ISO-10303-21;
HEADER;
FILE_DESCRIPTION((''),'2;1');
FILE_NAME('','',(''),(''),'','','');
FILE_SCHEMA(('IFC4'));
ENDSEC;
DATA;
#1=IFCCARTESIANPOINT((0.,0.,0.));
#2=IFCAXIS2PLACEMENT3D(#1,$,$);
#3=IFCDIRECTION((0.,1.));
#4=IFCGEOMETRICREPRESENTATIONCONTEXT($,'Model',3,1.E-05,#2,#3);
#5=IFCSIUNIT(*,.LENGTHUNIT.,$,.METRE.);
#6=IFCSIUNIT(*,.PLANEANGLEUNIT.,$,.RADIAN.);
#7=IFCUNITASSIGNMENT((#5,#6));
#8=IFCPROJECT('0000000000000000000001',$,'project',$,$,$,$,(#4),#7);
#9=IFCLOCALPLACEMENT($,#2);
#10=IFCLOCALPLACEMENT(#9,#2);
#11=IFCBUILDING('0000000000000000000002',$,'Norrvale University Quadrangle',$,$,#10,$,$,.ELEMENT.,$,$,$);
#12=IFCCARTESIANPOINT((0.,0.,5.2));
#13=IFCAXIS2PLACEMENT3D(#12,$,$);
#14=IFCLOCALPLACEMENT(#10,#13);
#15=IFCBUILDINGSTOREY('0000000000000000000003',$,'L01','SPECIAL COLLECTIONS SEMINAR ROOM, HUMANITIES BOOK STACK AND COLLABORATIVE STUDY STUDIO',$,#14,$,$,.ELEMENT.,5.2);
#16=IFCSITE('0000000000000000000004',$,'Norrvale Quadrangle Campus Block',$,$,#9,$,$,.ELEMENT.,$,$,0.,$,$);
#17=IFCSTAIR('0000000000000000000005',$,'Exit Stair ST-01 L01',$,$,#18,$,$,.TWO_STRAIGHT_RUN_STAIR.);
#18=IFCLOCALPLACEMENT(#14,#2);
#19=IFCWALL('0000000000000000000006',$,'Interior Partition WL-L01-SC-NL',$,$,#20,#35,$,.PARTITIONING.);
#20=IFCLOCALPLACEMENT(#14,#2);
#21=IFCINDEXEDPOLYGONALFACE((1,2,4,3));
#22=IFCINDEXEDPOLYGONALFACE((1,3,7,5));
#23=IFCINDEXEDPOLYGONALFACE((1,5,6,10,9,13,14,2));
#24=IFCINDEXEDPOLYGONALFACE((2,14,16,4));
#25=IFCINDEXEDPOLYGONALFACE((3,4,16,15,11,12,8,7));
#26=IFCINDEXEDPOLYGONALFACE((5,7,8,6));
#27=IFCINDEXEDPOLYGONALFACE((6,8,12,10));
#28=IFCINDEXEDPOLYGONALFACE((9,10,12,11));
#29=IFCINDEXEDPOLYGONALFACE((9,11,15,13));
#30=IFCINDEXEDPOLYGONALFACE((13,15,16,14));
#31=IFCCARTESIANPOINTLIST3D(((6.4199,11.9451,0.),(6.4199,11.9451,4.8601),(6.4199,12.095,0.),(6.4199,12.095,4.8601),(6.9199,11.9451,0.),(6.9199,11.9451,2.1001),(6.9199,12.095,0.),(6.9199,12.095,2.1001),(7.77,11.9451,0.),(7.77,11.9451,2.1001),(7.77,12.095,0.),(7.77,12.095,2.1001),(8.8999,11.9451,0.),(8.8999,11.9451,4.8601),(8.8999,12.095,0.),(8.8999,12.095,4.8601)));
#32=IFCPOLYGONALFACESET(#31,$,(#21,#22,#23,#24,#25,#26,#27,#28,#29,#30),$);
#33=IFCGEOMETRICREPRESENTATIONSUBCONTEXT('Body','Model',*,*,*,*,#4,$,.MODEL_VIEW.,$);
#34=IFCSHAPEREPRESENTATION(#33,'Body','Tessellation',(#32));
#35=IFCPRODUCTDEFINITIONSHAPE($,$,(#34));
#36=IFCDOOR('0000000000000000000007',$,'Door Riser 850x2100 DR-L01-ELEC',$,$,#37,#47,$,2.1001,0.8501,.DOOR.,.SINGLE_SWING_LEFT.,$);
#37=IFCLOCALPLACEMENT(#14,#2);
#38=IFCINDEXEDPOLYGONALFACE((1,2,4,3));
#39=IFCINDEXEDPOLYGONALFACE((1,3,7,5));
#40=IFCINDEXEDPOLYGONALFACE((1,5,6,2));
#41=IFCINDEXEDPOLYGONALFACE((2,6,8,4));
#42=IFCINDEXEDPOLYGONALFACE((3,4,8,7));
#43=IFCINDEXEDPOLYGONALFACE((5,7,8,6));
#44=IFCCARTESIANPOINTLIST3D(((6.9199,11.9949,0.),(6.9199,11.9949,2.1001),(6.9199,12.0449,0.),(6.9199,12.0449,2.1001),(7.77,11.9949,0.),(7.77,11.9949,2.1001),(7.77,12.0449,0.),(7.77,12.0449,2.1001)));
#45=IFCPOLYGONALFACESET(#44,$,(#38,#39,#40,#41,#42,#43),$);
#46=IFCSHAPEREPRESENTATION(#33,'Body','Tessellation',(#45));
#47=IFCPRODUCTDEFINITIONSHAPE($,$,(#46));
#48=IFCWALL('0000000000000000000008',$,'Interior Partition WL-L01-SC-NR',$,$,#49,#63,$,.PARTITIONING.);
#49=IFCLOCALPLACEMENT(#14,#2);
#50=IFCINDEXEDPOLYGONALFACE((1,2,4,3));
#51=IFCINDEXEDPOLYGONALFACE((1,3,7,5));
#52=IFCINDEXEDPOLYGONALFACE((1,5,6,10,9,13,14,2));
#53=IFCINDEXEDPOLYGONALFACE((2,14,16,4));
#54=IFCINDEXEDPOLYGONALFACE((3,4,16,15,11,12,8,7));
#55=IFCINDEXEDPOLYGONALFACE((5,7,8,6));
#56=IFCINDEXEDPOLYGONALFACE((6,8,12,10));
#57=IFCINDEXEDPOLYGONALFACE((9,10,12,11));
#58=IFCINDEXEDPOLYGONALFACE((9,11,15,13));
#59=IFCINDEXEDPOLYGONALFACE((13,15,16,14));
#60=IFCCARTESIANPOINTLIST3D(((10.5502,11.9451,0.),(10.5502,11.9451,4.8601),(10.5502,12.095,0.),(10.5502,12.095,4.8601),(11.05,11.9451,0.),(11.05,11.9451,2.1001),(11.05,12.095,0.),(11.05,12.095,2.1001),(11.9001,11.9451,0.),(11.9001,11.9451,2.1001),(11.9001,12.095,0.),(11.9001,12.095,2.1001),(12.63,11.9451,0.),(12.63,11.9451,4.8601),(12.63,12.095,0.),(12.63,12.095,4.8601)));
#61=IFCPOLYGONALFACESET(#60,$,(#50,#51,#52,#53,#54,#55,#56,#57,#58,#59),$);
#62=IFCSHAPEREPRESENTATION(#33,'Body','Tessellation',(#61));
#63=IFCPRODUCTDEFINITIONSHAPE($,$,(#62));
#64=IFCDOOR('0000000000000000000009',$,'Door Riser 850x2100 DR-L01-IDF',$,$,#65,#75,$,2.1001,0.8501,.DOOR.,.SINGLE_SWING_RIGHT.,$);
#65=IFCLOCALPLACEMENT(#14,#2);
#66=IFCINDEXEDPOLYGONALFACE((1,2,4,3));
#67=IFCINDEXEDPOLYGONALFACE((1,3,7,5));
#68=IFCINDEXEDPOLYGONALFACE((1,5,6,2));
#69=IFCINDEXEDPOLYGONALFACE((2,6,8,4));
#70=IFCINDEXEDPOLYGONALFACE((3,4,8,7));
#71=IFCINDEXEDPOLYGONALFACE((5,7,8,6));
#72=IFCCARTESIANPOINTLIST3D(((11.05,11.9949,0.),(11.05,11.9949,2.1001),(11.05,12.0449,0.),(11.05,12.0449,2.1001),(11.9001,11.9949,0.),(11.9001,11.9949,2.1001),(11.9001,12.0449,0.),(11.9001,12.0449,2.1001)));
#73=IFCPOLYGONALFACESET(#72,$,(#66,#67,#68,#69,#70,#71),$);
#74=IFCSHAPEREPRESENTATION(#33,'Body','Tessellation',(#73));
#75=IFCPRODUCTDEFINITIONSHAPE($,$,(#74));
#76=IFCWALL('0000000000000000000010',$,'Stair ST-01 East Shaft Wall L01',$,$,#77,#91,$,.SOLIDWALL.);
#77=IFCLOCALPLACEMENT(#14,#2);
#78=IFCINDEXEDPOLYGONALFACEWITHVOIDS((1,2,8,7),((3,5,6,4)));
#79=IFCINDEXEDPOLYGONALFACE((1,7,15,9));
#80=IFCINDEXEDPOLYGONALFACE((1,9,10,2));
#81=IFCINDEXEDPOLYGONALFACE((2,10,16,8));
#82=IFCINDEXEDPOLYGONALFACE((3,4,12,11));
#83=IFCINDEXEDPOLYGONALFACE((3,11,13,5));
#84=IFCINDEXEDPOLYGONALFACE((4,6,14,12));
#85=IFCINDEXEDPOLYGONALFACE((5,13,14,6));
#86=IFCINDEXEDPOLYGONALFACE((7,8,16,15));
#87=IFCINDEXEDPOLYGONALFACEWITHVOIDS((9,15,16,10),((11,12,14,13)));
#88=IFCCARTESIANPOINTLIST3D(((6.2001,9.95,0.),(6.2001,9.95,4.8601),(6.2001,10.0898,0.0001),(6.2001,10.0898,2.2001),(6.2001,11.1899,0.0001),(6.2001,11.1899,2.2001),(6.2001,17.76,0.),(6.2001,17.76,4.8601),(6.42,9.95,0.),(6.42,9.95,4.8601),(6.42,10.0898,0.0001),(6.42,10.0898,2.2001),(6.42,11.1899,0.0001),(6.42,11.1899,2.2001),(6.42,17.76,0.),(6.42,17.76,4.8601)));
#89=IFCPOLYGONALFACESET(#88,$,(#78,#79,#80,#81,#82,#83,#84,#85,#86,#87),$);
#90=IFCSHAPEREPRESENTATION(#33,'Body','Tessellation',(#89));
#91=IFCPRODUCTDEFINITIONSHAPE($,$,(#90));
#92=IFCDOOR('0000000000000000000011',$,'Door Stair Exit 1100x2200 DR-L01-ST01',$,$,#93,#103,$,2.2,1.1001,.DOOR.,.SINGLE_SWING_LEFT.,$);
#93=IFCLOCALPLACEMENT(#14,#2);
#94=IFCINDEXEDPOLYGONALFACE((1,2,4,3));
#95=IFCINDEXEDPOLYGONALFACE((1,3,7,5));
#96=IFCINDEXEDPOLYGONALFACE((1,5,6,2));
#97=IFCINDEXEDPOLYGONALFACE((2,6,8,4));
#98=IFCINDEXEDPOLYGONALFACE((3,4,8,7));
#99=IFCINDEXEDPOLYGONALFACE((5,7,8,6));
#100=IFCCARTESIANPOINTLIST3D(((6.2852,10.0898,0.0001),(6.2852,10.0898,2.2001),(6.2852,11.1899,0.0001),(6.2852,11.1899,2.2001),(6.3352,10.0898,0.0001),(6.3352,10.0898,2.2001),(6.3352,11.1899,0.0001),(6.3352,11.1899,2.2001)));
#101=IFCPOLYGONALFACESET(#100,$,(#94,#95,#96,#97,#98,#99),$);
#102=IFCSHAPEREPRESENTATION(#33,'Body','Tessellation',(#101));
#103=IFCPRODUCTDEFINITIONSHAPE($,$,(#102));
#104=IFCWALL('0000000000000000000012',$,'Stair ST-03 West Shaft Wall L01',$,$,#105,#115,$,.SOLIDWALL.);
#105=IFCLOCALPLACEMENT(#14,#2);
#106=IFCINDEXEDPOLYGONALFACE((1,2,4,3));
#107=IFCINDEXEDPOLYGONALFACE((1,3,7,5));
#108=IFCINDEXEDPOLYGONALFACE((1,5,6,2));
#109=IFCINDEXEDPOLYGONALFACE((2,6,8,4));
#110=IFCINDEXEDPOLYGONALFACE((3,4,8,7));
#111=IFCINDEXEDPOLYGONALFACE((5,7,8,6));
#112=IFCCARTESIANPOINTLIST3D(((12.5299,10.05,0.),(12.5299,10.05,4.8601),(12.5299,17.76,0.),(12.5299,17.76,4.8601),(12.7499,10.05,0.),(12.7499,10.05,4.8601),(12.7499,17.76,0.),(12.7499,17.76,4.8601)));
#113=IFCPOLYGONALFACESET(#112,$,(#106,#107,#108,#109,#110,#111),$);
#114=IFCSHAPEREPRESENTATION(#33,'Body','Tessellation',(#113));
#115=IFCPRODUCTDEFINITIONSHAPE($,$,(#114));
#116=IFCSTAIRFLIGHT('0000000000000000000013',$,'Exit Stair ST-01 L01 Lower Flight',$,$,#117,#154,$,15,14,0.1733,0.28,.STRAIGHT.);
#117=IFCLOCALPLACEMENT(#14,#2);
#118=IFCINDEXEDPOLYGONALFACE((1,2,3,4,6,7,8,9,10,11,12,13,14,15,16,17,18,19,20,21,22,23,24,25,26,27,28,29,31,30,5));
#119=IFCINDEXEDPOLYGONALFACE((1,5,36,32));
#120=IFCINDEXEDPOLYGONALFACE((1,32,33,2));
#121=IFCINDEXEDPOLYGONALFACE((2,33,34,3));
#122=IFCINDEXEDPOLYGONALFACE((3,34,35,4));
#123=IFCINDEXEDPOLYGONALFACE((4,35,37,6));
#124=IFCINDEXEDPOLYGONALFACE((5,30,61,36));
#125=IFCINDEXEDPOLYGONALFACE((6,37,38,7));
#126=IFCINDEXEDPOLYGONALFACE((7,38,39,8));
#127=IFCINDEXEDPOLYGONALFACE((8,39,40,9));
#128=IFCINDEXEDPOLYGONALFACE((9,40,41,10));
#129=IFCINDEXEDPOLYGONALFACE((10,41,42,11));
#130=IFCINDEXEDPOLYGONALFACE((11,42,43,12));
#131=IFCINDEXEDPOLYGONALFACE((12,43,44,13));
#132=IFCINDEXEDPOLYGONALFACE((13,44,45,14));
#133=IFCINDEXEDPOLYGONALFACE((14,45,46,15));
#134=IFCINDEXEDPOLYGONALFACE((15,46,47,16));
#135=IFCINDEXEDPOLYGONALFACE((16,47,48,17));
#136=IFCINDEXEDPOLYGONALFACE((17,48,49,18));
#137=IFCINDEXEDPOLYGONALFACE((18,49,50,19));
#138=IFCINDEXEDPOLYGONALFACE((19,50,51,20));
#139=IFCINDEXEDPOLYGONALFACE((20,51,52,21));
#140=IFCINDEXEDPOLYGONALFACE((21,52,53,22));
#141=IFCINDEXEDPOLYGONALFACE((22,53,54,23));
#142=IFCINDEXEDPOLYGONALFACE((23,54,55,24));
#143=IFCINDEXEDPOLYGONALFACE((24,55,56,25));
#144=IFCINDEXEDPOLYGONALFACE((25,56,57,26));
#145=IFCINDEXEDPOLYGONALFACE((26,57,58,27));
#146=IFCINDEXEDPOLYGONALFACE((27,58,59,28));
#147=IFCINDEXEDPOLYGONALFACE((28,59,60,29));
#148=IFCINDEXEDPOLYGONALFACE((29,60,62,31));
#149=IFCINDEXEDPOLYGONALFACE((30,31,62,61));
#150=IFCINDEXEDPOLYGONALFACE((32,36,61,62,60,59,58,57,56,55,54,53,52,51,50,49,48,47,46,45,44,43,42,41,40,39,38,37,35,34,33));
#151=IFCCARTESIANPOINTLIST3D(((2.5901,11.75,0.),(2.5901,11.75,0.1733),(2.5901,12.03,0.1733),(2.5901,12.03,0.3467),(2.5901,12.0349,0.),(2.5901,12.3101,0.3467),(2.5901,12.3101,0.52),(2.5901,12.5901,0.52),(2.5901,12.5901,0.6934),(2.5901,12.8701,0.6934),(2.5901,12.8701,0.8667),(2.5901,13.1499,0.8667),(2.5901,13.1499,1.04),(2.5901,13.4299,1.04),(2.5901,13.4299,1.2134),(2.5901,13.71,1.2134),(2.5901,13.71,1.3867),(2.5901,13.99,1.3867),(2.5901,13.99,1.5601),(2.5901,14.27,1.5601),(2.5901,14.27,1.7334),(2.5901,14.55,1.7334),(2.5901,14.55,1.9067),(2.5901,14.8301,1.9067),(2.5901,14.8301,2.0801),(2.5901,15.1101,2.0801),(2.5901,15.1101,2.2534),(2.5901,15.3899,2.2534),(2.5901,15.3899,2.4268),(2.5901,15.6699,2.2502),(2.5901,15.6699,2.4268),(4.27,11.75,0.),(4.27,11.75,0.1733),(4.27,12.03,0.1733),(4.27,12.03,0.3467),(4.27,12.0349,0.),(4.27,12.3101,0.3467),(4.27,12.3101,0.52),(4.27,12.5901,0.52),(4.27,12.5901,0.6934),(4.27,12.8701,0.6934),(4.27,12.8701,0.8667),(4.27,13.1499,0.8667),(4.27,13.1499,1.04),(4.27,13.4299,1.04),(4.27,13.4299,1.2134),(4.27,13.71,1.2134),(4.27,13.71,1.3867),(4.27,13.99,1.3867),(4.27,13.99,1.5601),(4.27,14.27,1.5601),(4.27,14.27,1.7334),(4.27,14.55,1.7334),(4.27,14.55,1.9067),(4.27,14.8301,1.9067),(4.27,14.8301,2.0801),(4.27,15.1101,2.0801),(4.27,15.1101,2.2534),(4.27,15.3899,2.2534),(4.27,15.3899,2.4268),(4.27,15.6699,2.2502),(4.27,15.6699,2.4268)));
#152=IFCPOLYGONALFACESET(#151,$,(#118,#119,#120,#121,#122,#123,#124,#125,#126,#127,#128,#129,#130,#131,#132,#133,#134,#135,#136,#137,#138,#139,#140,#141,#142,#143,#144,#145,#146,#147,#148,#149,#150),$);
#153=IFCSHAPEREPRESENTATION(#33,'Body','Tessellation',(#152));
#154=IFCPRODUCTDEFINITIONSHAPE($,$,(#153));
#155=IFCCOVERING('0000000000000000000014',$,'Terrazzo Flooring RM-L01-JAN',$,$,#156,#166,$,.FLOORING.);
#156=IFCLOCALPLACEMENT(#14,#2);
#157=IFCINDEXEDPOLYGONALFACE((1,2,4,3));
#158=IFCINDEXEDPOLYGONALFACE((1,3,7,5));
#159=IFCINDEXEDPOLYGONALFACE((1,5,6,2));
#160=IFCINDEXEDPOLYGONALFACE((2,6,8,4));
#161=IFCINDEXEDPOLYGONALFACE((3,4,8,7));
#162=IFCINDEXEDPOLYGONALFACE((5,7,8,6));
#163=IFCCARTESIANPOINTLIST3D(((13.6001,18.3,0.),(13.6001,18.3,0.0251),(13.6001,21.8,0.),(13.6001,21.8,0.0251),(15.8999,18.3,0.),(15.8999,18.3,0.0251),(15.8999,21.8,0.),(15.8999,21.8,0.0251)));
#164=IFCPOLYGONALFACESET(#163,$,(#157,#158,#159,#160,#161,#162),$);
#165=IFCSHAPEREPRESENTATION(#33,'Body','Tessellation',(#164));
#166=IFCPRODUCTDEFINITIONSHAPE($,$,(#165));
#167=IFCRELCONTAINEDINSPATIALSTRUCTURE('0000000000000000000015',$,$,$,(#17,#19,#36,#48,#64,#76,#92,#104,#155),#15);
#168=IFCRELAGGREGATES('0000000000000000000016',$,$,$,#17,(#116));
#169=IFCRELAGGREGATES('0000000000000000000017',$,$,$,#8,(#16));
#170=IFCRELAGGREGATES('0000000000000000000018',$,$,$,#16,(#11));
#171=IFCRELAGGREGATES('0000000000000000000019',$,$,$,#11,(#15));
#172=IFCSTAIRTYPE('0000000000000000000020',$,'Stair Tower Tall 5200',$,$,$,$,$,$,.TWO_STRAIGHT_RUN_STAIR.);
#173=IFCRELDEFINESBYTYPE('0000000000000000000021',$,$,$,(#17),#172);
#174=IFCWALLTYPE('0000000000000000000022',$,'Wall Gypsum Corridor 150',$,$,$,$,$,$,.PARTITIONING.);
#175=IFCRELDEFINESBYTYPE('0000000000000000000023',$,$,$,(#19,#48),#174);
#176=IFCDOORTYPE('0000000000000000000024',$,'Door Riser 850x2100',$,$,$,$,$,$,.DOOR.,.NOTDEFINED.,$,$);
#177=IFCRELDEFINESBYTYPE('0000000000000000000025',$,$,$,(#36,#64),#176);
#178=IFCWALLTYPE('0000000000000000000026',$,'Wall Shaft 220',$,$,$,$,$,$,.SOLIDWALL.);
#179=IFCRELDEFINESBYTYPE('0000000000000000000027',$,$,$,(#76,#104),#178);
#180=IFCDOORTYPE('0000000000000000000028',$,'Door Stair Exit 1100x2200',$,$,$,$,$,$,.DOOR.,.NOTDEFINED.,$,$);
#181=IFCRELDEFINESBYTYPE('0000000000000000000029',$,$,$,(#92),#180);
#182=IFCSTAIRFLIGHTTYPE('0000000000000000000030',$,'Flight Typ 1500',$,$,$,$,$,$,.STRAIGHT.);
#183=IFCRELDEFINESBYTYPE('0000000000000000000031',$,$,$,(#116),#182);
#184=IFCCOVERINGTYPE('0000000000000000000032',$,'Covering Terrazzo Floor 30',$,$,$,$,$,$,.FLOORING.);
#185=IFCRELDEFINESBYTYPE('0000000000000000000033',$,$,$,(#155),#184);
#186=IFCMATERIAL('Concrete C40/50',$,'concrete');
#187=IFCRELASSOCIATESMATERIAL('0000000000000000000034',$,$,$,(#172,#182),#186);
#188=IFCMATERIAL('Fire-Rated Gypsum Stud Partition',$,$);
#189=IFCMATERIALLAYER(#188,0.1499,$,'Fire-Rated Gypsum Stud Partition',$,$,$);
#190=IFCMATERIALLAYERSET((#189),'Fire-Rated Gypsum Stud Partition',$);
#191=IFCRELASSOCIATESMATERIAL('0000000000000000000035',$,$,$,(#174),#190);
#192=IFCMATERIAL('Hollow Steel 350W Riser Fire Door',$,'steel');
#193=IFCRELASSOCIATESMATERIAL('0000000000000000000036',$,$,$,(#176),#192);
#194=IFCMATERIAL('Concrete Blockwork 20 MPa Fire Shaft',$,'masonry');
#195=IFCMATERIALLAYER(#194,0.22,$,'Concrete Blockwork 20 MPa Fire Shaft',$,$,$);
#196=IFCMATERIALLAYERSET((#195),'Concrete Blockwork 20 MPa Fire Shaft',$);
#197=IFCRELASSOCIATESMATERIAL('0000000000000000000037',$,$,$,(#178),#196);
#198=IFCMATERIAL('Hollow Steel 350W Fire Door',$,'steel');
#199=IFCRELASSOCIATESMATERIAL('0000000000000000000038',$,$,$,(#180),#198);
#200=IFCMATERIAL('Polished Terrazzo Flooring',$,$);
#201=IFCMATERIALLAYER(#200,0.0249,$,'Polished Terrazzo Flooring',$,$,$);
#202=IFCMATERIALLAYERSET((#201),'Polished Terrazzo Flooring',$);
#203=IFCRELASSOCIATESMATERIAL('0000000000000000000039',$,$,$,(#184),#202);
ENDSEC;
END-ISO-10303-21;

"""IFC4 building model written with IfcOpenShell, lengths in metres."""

from ifc_helpers import new_model, si_unit, direction, frame, frame_2d, origin, place, context, subcontext, project, spatial, polyline, rectangle, outline, extrude, material, layer, layer_set, type_object, element, fill, aggregate, save


model = new_model("IFC4")

# Units and contexts
model_context = context("Model", 3, precision=1e-05, world=origin(), true_north=direction((0.0, 1.0)))
body_context = subcontext(model_context, "Body", "Model", "MODEL_VIEW")
ifc_project = project(units=[si_unit("LENGTHUNIT", "METRE"), si_unit("PLANEANGLEUNIT", "RADIAN")], contexts=[model_context])

# Site, building, storey
site_placement = place(None, origin())
site = spatial("IfcSite", under=ifc_project, at=site_placement, Name="Norrvale Quadrangle Campus Block", CompositionType="ELEMENT", RefElevation=0.0)
building_placement = place(site_placement, origin())
building = spatial("IfcBuilding", under=site, at=building_placement, Name="Norrvale University Quadrangle", CompositionType="ELEMENT")
storey_placement = place(building_placement, frame((0.0, 0.0, 5.2)))
storey = spatial("IfcBuildingStorey", under=building, at=storey_placement, Name="L01", Description="SPECIAL COLLECTIONS SEMINAR ROOM, HUMANITIES BOOK STACK AND COLLABORATIVE STUDY STUDIO", CompositionType="ELEMENT", Elevation=5.2)

# Stair
ifc_material_1 = material(Name="Concrete C40/50", Category="concrete")
stair_type = type_object("IfcStairType", Name="Stair Tower Tall 5200", PredefinedType="TWO_STRAIGHT_RUN_STAIR", material=ifc_material_1)
stair_1_placement = place(storey_placement, origin())
stair_1 = element("IfcStair", 1, at=stair_1_placement, inside=storey, type_object=stair_type, Name="Exit Stair ST-01 L01", PredefinedType="TWO_STRAIGHT_RUN_STAIR")

# Walls, openings, doors
ifc_material_2 = material(Name="Fire-Rated Gypsum Stud Partition")
ifc_layer_1 = layer(ifc_material_2, 0.1499, Name="Fire-Rated Gypsum Stud Partition")
ifc_layer_set_1 = layer_set([ifc_layer_1], Name="Fire-Rated Gypsum Stud Partition")
wall_type_1 = type_object("IfcWallType", Name="Wall Gypsum Corridor 150", PredefinedType="PARTITIONING", material=ifc_layer_set_1)
wall_1_placement = place(storey_placement, frame((6.4199, 12.02, 0.0), z_axis=(0.0, 0.0, 1.0), x_axis=(1.0, 0.0, 0.0)))
wall_1 = element("IfcWall", 2, at=wall_1_placement, inside=storey, type_object=wall_type_1, Name="Interior Partition WL-L01-SC-NL", PredefinedType="PARTITIONING", context=body_context, shape_type="SweptSolid", body=[
    extrude(rectangle(XDim=2.48, YDim=0.1499, at=frame_2d((1.24, 0.0))), origin(), (0.0, 0.0, 1.0), 4.8601),
])
opening_1_placement = place(wall_1_placement, frame((0.5, 0.0, 0.0)))
opening_1 = element("IfcOpeningElement", 3, at=opening_1_placement, cuts=wall_1, PredefinedType="OPENING", context=body_context, shape_type="SweptSolid", body=[
    extrude(rectangle(XDim=0.8501, YDim=2.1001, at=frame_2d((0.425, 1.05))), frame((0.0, 0.0869, 0.0), z_axis=(0.0, -1.0, 0.0), x_axis=(1.0, 0.0, 0.0)), (0.0, 0.0, 1.0), 0.1738),
])
ifc_material_3 = material(Name="Hollow Steel 350W Riser Fire Door", Category="steel")
door_type_1 = type_object("IfcDoorType", Name="Door Riser 850x2100", OperationType="NOTDEFINED", PredefinedType="DOOR", material=ifc_material_3)
door_1_placement = place(opening_1_placement, origin())
door_1 = element("IfcDoor", 4, at=door_1_placement, inside=storey, type_object=door_type_1, Name="Door Riser 850x2100 DR-L01-ELEC", OperationType="SINGLE_SWING_LEFT", OverallHeight=2.1001, OverallWidth=0.8501, PredefinedType="DOOR", context=body_context, shape_type="SweptSolid", body=[
    extrude(rectangle(XDim=0.8501, YDim=2.1001, at=frame_2d((0.425, 1.05))), frame((0.0, 0.0249, 0.0), z_axis=(0.0, -1.0, 0.0), x_axis=(1.0, 0.0, 0.0)), (0.0, 0.0, 1.0), 0.05),
])
fill(opening_1, door_1)
wall_2_placement = place(storey_placement, frame((10.55, 12.02, 0.0), z_axis=(0.0, 0.0, 1.0), x_axis=(1.0, 0.0, 0.0)))
wall_2 = element("IfcWall", 5, at=wall_2_placement, inside=storey, type_object=wall_type_1, Name="Interior Partition WL-L01-SC-NR", PredefinedType="PARTITIONING", context=body_context, shape_type="SweptSolid", body=[
    extrude(rectangle(XDim=2.0798, YDim=0.1499, at=frame_2d((1.04, 0.0))), origin(), (0.0, 0.0, 1.0), 4.8601),
])
opening_2_placement = place(wall_2_placement, frame((0.5, 0.0, 0.0)))
opening_2 = element("IfcOpeningElement", 6, at=opening_2_placement, cuts=wall_2, PredefinedType="OPENING", context=body_context, shape_type="SweptSolid", body=[
    extrude(rectangle(XDim=0.8501, YDim=2.1001, at=frame_2d((0.425, 1.05))), frame((0.0, 0.0869, 0.0), z_axis=(0.0, -1.0, 0.0), x_axis=(1.0, 0.0, 0.0)), (0.0, 0.0, 1.0), 0.1738),
])
door_2_placement = place(opening_2_placement, origin())
door_2 = element("IfcDoor", 7, at=door_2_placement, inside=storey, type_object=door_type_1, Name="Door Riser 850x2100 DR-L01-IDF", OperationType="SINGLE_SWING_RIGHT", OverallHeight=2.1001, OverallWidth=0.8501, PredefinedType="DOOR", context=body_context, shape_type="SweptSolid", body=[
    extrude(rectangle(XDim=0.8501, YDim=2.1001, at=frame_2d((0.425, 1.05))), frame((0.0, 0.0249, 0.0), z_axis=(0.0, -1.0, 0.0), x_axis=(1.0, 0.0, 0.0)), (0.0, 0.0, 1.0), 0.05),
])
fill(opening_2, door_2)
ifc_material_4 = material(Name="Concrete Blockwork 20 MPa Fire Shaft", Category="masonry")
ifc_layer_2 = layer(ifc_material_4, 0.22, Name="Concrete Blockwork 20 MPa Fire Shaft")
ifc_layer_set_2 = layer_set([ifc_layer_2], Name="Concrete Blockwork 20 MPa Fire Shaft")
wall_type_2 = type_object("IfcWallType", Name="Wall Shaft 220", PredefinedType="SOLIDWALL", material=ifc_layer_set_2)
wall_3_placement = place(storey_placement, frame((6.3101, 9.95, 0.0), z_axis=(0.0, 0.0, 1.0), x_axis=(0.0, 1.0, 0.0)))
wall_3 = element("IfcWall", 8, at=wall_3_placement, inside=storey, type_object=wall_type_2, Name="Stair ST-01 East Shaft Wall L01", PredefinedType="SOLIDWALL", context=body_context, shape_type="SweptSolid", body=[
    extrude(rectangle(XDim=7.8101, YDim=0.22, at=frame_2d((3.905, 0.0))), origin(), (0.0, 0.0, 1.0), 4.8601),
])
opening_3_placement = place(wall_3_placement, frame((0.1399, 0.0, 0.0)))
opening_3 = element("IfcOpeningElement", 9, at=opening_3_placement, cuts=wall_3, PredefinedType="OPENING", context=body_context, shape_type="SweptSolid", body=[
    extrude(rectangle(XDim=1.1001, YDim=2.2, at=frame_2d((0.55, 1.1001))), frame((0.0, 0.1221, 0.0), z_axis=(0.0, -1.0, 0.0), x_axis=(1.0, 0.0, 0.0)), (0.0, 0.0, 1.0), 0.2439),
])
ifc_material_5 = material(Name="Hollow Steel 350W Fire Door", Category="steel")
door_type_2 = type_object("IfcDoorType", Name="Door Stair Exit 1100x2200", OperationType="NOTDEFINED", PredefinedType="DOOR", material=ifc_material_5)
door_3_placement = place(opening_3_placement, origin())
door_3 = element("IfcDoor", 10, at=door_3_placement, inside=storey, type_object=door_type_2, Name="Door Stair Exit 1100x2200 DR-L01-ST01", OperationType="SINGLE_SWING_LEFT", OverallHeight=2.2, OverallWidth=1.1001, PredefinedType="DOOR", context=body_context, shape_type="SweptSolid", body=[
    extrude(rectangle(XDim=1.1001, YDim=2.2, at=frame_2d((0.55, 1.1001))), frame((0.0, 0.0249, 0.0), z_axis=(0.0, -1.0, 0.0), x_axis=(1.0, 0.0, 0.0)), (0.0, 0.0, 1.0), 0.05),
])
fill(opening_3, door_3)

# Wall
wall_4_placement = place(storey_placement, frame((12.6399, 10.05, 0.0), z_axis=(0.0, 0.0, 1.0), x_axis=(0.0, 1.0, 0.0)))
element("IfcWall", 11, at=wall_4_placement, inside=storey, type_object=wall_type_2, Name="Stair ST-03 West Shaft Wall L01", PredefinedType="SOLIDWALL", context=body_context, shape_type="SweptSolid", body=[
    extrude(rectangle(XDim=7.71, YDim=0.22, at=frame_2d((3.855, 0.0))), origin(), (0.0, 0.0, 1.0), 4.8601),
])

# Stair flight
stair_flight_type = type_object("IfcStairFlightType", Name="Flight Typ 1500", PredefinedType="STRAIGHT", material=ifc_material_1)
stair_flight_placement = place(storey_placement, frame((3.4299, 11.75, 0.0), z_axis=(0.0, 0.0, 1.0), x_axis=(0.0, 1.0, 0.0)))
stair_flight = element("IfcStairFlight", 12, at=stair_flight_placement, type_object=stair_flight_type, Name="Exit Stair ST-01 L01 Lower Flight", NumberOfRisers=15, NumberOfTreads=14, PredefinedType="STRAIGHT", RiserHeight=0.1733, TreadLength=0.28, context=body_context, shape_type="SweptSolid", body=[
    extrude(outline(polyline([(0.0, 0.0), (0.0, 0.1733), (0.28, 0.1733), (0.28, 0.3467), (0.5601, 0.3467), (0.5601, 0.52), (0.8401, 0.52), (0.8401, 0.6934), (1.1201, 0.6934), (1.1201, 0.8667), (1.3999, 0.8667), (1.3999, 1.04), (1.6799, 1.04), (1.6799, 1.2134), (1.96, 1.2134), (1.96, 1.3867), (2.24, 1.3867), (2.24, 1.5601), (2.52, 1.5601), (2.52, 1.7334), (2.8, 1.7334), (2.8, 1.9067), (3.0801, 1.9067), (3.0801, 2.0801), (3.3601, 2.0801), (3.3601, 2.2534), (3.6399, 2.2534), (3.6399, 2.4268), (3.9199, 2.4268), (3.9199, 2.6001), (3.9199, 2.2502), (0.2849, 0.0), (0.0, 0.0)])), frame((0.0, 0.8398, 0.0), z_axis=(0.0, -1.0, 0.0), x_axis=(1.0, 0.0, 0.0)), (0.0, 0.0, 1.0), 1.6799),
])
aggregate(stair_1, [stair_flight])

# Covering
ifc_material_6 = material(Name="Polished Terrazzo Flooring")
ifc_layer_3 = layer(ifc_material_6, 0.0249, Name="Polished Terrazzo Flooring")
ifc_layer_set_3 = layer_set([ifc_layer_3], Name="Polished Terrazzo Flooring")
covering_type = type_object("IfcCoveringType", Name="Covering Terrazzo Floor 30", PredefinedType="FLOORING", material=ifc_layer_set_3)
covering_1_placement = place(storey_placement, origin())
element("IfcCovering", 13, at=covering_1_placement, inside=storey, type_object=covering_type, Name="Terrazzo Flooring RM-L01-JAN", PredefinedType="FLOORING", context=body_context, shape_type="SweptSolid", body=[
    extrude(outline(polyline([(13.6001, 18.3), (13.6001, 21.8), (15.8999, 21.8), (15.8999, 18.3), (13.6001, 18.3)])), origin(), (0.0, 0.0, 1.0), 0.0251),
])

save(model, "model.ifc")
